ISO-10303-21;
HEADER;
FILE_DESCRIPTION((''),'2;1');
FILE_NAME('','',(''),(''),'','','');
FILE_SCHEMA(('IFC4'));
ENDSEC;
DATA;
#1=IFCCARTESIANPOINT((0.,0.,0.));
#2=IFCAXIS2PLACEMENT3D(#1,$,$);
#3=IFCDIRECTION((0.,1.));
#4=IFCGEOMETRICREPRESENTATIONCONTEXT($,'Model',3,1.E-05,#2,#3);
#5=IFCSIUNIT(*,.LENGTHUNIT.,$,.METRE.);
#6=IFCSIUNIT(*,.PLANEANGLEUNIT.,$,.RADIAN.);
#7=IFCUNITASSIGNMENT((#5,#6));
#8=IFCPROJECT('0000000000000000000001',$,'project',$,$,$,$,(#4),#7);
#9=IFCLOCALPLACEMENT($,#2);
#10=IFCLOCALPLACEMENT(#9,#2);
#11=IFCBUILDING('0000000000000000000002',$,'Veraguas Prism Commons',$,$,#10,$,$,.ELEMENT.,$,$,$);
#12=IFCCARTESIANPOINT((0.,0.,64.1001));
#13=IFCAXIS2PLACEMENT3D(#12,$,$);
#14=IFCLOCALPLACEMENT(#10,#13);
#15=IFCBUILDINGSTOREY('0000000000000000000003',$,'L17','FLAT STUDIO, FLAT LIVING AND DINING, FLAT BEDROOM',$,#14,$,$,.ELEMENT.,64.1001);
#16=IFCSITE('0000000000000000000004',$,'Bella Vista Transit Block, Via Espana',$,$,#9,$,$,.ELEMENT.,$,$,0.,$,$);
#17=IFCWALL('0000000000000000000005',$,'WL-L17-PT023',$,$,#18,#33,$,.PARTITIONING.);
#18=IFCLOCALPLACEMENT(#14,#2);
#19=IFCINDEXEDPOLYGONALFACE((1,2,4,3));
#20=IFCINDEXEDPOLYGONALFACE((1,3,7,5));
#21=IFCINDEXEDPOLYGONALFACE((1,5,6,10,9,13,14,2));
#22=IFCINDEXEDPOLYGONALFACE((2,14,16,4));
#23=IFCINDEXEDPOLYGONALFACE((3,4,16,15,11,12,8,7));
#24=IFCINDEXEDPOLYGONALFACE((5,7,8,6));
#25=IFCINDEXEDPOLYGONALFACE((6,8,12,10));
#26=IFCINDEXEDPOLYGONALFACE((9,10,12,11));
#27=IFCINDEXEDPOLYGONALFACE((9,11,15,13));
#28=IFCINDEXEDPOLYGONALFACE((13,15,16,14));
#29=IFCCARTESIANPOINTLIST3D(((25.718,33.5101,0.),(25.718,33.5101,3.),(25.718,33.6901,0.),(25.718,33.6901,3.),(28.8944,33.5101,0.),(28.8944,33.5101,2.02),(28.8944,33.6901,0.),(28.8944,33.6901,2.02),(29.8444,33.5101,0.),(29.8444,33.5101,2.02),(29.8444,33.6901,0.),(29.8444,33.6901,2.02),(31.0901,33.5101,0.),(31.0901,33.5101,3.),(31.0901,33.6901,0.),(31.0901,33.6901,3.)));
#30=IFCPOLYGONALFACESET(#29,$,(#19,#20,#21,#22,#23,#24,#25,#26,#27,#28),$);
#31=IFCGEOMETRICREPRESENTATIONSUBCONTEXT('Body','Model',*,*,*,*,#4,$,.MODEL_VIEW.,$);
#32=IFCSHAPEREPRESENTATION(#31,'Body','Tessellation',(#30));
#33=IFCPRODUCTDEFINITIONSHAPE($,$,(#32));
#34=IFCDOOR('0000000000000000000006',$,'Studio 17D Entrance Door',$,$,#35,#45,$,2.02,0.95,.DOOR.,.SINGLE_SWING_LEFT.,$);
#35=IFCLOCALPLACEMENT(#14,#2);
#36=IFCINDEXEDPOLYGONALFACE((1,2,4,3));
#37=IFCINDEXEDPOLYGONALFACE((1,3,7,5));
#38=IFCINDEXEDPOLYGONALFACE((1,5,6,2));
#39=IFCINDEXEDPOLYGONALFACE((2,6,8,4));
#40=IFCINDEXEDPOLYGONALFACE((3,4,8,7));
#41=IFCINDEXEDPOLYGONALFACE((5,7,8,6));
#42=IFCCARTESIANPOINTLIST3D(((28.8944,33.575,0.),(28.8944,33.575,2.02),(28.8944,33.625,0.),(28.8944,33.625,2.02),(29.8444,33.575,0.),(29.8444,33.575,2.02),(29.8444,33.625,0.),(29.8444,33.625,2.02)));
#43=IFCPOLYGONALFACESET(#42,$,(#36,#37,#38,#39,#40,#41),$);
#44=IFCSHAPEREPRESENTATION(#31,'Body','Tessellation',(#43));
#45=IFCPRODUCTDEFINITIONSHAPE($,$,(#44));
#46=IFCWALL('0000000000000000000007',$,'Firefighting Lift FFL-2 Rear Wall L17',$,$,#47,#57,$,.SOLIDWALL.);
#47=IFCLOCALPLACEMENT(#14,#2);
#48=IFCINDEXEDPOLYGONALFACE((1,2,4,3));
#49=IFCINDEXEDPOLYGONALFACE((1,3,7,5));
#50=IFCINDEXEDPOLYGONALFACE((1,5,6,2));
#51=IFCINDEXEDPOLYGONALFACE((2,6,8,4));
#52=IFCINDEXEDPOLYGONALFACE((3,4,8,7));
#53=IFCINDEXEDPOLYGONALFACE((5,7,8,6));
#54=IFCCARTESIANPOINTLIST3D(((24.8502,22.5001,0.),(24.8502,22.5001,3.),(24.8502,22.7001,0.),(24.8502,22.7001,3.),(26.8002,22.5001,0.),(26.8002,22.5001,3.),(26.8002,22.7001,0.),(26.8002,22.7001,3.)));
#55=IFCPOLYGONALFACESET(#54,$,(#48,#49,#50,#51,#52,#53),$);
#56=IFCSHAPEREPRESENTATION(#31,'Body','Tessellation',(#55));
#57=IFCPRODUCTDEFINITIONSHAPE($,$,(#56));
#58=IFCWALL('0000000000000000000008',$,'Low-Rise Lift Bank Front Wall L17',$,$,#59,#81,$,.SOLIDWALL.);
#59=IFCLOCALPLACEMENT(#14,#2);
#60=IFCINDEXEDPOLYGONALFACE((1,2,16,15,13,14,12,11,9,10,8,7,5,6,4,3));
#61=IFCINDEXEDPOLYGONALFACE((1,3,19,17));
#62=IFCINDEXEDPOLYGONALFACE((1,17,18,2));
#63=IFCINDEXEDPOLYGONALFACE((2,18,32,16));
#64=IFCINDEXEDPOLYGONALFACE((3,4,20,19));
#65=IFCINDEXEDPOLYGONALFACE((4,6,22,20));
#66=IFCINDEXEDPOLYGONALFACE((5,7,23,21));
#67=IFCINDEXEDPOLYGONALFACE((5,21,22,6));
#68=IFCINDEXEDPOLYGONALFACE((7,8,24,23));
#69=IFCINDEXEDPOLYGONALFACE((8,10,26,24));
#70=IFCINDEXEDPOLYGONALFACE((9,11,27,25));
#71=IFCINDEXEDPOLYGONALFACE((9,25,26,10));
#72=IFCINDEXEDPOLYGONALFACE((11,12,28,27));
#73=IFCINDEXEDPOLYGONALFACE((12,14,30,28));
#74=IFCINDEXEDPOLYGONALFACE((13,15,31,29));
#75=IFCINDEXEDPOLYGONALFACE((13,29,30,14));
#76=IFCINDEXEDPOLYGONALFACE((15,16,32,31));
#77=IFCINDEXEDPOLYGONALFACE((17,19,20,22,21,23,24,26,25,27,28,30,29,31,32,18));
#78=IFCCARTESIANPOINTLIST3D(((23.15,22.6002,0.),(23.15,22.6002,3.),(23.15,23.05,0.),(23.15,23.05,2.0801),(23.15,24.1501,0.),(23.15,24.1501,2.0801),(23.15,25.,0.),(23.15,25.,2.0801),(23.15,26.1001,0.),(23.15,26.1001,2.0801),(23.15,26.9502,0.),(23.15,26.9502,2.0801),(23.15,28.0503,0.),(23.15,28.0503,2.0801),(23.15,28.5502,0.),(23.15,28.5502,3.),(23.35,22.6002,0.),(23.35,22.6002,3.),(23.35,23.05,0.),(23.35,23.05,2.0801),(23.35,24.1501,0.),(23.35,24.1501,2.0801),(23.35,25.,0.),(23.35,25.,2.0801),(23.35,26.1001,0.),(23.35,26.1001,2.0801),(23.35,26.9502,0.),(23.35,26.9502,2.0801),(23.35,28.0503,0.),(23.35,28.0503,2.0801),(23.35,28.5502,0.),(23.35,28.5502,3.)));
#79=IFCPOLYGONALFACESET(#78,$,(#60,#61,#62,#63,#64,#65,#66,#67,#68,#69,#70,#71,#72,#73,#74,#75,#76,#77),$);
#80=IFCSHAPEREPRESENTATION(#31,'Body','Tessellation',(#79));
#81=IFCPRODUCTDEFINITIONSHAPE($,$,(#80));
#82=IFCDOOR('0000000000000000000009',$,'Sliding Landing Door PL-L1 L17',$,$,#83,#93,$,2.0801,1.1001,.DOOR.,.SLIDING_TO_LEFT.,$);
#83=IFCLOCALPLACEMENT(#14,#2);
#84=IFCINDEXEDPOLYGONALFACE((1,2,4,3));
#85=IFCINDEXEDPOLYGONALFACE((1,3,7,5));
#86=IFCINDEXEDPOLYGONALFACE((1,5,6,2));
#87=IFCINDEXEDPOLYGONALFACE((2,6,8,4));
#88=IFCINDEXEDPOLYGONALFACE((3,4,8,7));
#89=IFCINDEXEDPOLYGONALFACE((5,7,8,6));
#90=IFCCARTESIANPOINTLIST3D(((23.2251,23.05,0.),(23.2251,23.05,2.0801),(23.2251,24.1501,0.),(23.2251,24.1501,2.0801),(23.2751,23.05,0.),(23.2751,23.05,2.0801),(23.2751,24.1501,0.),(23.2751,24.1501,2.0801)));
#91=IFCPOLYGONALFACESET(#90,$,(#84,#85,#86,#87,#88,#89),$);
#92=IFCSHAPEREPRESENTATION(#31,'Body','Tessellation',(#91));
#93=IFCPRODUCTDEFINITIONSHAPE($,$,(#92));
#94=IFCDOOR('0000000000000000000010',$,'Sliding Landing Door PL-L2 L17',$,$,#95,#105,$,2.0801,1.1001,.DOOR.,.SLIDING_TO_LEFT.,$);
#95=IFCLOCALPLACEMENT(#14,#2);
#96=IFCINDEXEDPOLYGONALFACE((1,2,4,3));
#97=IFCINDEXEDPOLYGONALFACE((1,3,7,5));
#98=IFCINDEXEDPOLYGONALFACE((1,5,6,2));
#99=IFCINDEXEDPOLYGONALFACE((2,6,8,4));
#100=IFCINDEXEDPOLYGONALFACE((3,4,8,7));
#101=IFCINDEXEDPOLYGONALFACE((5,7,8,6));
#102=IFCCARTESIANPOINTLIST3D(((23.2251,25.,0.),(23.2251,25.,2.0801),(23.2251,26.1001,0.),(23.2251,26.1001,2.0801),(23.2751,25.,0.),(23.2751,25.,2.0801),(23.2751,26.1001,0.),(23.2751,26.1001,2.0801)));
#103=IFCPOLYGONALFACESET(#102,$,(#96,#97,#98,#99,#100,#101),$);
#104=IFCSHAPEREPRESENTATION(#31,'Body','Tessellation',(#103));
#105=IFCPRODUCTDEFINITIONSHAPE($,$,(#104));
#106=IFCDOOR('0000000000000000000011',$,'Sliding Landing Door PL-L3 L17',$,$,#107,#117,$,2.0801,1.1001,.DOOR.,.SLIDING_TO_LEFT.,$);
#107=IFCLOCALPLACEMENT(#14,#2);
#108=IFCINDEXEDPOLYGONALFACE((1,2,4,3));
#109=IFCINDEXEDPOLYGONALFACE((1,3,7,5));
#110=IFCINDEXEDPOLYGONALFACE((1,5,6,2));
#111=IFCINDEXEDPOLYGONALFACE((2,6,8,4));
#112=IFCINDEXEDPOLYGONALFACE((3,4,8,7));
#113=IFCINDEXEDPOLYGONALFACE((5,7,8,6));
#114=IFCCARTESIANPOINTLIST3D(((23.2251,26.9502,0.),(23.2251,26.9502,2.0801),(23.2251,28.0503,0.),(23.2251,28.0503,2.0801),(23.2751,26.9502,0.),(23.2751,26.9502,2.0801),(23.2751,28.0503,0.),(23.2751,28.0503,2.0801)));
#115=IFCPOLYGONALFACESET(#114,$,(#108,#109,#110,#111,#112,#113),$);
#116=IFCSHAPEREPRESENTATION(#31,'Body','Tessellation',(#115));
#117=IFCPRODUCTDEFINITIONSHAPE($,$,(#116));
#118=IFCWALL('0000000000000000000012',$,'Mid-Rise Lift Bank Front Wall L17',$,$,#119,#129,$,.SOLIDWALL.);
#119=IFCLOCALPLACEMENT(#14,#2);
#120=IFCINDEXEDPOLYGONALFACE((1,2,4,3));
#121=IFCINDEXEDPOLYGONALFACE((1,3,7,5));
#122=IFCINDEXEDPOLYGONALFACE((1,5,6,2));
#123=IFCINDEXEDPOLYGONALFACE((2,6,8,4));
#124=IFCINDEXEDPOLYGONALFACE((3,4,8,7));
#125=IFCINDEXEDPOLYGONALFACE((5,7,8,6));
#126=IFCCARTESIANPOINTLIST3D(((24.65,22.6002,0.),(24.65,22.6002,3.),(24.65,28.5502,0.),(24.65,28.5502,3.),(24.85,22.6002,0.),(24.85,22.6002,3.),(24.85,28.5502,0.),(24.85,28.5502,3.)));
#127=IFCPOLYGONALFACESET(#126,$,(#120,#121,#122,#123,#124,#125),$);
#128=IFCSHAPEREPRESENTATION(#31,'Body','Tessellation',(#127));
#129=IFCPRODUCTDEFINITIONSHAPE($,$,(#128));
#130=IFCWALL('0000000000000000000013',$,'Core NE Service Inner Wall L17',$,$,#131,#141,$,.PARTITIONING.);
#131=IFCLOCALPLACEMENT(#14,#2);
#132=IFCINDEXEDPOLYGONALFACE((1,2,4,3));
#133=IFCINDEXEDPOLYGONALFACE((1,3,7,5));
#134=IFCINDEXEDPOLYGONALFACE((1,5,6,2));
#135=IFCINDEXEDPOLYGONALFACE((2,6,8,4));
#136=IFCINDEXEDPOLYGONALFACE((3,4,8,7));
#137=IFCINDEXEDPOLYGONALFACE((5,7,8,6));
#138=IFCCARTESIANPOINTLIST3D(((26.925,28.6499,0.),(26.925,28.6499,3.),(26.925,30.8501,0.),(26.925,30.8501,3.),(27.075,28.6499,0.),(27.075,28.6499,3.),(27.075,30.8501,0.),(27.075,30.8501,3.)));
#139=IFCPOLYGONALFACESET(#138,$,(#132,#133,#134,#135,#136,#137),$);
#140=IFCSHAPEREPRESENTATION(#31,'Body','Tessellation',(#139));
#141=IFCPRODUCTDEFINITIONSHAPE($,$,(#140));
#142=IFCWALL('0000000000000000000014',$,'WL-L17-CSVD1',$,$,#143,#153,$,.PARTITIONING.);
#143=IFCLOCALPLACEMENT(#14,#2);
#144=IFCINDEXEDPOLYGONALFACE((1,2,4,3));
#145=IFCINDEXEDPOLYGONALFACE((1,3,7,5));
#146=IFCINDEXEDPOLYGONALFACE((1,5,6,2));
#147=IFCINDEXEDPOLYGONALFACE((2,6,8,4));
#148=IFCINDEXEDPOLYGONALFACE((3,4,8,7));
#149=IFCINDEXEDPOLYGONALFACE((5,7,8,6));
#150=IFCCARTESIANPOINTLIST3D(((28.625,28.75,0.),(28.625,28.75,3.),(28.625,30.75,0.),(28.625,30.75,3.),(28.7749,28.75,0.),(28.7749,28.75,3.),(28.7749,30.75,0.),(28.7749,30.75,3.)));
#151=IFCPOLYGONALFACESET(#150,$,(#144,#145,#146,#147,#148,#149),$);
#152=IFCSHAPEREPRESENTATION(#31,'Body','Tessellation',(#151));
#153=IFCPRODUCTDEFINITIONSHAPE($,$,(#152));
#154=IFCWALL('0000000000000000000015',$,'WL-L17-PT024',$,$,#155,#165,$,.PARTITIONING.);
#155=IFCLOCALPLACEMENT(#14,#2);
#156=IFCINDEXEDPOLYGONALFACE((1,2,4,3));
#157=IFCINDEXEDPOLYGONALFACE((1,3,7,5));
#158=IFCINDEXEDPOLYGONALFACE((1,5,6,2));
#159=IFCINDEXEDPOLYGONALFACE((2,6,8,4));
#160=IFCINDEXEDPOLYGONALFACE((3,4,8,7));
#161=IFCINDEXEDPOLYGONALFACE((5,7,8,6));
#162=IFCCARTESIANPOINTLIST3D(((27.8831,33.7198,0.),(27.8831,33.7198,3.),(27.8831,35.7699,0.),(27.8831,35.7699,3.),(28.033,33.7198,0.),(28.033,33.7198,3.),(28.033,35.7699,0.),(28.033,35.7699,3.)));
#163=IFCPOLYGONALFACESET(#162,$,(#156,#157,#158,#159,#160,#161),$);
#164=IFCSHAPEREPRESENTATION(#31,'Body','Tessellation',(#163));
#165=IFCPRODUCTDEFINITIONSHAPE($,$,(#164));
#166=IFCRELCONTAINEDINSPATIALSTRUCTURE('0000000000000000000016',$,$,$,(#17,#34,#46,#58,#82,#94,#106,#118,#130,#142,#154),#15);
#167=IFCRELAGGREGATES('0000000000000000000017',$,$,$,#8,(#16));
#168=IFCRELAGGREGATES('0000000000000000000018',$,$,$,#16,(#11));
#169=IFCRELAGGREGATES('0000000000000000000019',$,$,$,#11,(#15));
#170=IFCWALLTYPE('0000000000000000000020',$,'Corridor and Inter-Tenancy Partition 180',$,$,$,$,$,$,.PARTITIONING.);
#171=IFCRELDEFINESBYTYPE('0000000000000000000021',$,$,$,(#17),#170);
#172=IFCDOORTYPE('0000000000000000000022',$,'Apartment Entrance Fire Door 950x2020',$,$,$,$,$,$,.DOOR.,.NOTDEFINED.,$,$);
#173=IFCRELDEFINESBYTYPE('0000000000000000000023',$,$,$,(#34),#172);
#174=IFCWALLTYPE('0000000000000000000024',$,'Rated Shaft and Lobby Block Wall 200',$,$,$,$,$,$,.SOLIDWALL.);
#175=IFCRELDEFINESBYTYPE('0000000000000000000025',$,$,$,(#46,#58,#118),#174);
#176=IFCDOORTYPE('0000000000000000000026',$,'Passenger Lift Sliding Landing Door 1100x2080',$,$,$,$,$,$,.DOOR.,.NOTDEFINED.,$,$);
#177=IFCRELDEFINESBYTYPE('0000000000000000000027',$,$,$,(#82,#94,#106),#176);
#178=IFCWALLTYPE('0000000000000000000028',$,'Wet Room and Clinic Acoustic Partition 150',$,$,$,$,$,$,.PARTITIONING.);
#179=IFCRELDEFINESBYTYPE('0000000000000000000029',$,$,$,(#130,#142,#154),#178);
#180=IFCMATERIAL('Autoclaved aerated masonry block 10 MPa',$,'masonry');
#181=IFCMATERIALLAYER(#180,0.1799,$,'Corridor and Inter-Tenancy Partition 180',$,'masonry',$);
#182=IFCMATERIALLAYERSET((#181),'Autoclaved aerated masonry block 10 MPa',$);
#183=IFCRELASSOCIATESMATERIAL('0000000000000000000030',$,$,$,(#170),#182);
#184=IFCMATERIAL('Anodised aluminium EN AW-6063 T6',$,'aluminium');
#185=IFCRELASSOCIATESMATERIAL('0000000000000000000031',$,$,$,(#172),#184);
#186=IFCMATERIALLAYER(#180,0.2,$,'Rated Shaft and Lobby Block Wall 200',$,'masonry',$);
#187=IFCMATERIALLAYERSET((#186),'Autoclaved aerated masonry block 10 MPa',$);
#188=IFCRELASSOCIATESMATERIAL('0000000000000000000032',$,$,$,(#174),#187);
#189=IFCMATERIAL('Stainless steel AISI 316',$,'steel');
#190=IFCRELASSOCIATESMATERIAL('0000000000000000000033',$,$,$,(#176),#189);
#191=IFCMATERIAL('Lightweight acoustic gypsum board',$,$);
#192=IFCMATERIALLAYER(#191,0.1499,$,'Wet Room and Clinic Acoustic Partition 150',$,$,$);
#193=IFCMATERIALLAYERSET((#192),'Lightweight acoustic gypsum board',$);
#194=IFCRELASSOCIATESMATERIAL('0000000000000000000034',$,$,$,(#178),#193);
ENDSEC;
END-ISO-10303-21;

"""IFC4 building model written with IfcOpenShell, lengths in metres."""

from ifc_helpers import new_model, si_unit, direction, frame, frame_2d, origin, place, context, subcontext, project, spatial, rectangle, extrude, source, transform, mapped, material, layer, layer_set, type_object, element, fill, save


model = new_model("IFC4")

# Units and contexts
model_context = context("Model", 3, precision=1e-05, world=origin(), true_north=direction((0.0, 1.0)))
body_context = subcontext(model_context, "Body", "Model", "MODEL_VIEW")
ifc_project = project(units=[si_unit("LENGTHUNIT", "METRE"), si_unit("PLANEANGLEUNIT", "RADIAN")], contexts=[model_context])

# Site, building, storey
site_placement = place(None, origin())
site = spatial("IfcSite", under=ifc_project, at=site_placement, Name="Bella Vista Transit Block, Via Espana", CompositionType="ELEMENT", RefElevation=0.0)
building_placement = place(site_placement, origin())
building = spatial("IfcBuilding", under=site, at=building_placement, Name="Veraguas Prism Commons", CompositionType="ELEMENT")
storey_placement = place(building_placement, frame((0.0, 0.0, 64.1001)))
storey = spatial("IfcBuildingStorey", under=building, at=storey_placement, Name="L17", Description="FLAT STUDIO, FLAT LIVING AND DINING, FLAT BEDROOM", CompositionType="ELEMENT", Elevation=64.1001)

# Shared definitions
ifc_material_1 = material(Name="Autoclaved aerated masonry block 10 MPa", Category="masonry")
ifc_layer_1 = layer(ifc_material_1, 0.1799, Name="Corridor and Inter-Tenancy Partition 180", Category="masonry")
ifc_layer_set_1 = layer_set([ifc_layer_1], Name="Autoclaved aerated masonry block 10 MPa")
wall_type_1 = type_object("IfcWallType", Name="Corridor and Inter-Tenancy Partition 180", PredefinedType="PARTITIONING", material=ifc_layer_set_1)

# Wall, opening, door
wall_1_placement = place(storey_placement, frame((25.718, 33.6001, 0.0), z_axis=(0.0, 0.0, 1.0), x_axis=(1.0, 0.0, 0.0)))
wall_1 = element("IfcWall", 1, at=wall_1_placement, inside=storey, type_object=wall_type_1, Name="WL-L17-PT023", PredefinedType="PARTITIONING", context=body_context, shape_type="SweptSolid", body=[
    extrude(rectangle(XDim=5.3721, YDim=0.1799, at=frame_2d((2.686, 0.0))), origin(), (0.0, 0.0, 1.0), 3.0),
])
opening_1_placement = place(wall_1_placement, frame((3.1763, 0.0, 0.0)))
opening_1 = element("IfcOpeningElement", 2, at=opening_1_placement, cuts=wall_1, PredefinedType="OPENING", context=body_context, shape_type="SweptSolid", body=[
    extrude(rectangle(XDim=0.95, YDim=2.02, at=frame_2d((0.4751, 1.01))), frame((0.0, 0.0999, 0.0), z_axis=(0.0, -1.0, 0.0), x_axis=(1.0, 0.0, 0.0)), (0.0, 0.0, 1.0), 0.2),
])
ifc_material_2 = material(Name="Anodised aluminium EN AW-6063 T6", Category="aluminium")
door_type_1 = type_object("IfcDoorType", Name="Apartment Entrance Fire Door 950x2020", OperationType="NOTDEFINED", PredefinedType="DOOR", material=ifc_material_2)
shared_shape_1 = source(origin(), body_context, "Body", "SweptSolid", [
    extrude(rectangle(XDim=0.95, YDim=2.02, at=frame_2d((0.4751, 1.01))), frame((0.0, 0.0249, 0.0), z_axis=(0.0, -1.0, 0.0), x_axis=(1.0, 0.0, 0.0)), (0.0, 0.0, 1.0), 0.05),
])
door_1_placement = place(opening_1_placement, origin())
door_1 = element("IfcDoor", 3, at=door_1_placement, inside=storey, type_object=door_type_1, Name="Studio 17D Entrance Door", OperationType="SINGLE_SWING_LEFT", OverallHeight=2.02, OverallWidth=0.95, PredefinedType="DOOR", context=body_context, shape_type="MappedRepresentation", body=[
    mapped(shared_shape_1, transform((0.0, 0.0, 0.0), scale=1.0)),
])
fill(opening_1, door_1)

# Wall
ifc_layer_2 = layer(ifc_material_1, 0.2, Name="Rated Shaft and Lobby Block Wall 200", Category="masonry")
ifc_layer_set_2 = layer_set([ifc_layer_2], Name="Autoclaved aerated masonry block 10 MPa")
wall_type_2 = type_object("IfcWallType", Name="Rated Shaft and Lobby Block Wall 200", PredefinedType="SOLIDWALL", material=ifc_layer_set_2)
wall_2_placement = place(storey_placement, frame((24.8501, 22.6001, 0.0), z_axis=(0.0, 0.0, 1.0), x_axis=(1.0, 0.0, 0.0)))
element("IfcWall", 4, at=wall_2_placement, inside=storey, type_object=wall_type_2, Name="Firefighting Lift FFL-2 Rear Wall L17", PredefinedType="SOLIDWALL", context=body_context, shape_type="SweptSolid", body=[
    extrude(rectangle(XDim=1.95, YDim=0.2, at=frame_2d((0.9751, 0.0))), origin(), (0.0, 0.0, 1.0), 3.0),
])

# Wall, openings, doors
wall_3_placement = place(storey_placement, frame((23.25, 22.6001, 0.0), z_axis=(0.0, 0.0, 1.0), x_axis=(0.0, 1.0, 0.0)))
wall_3 = element("IfcWall", 5, at=wall_3_placement, inside=storey, type_object=wall_type_2, Name="Low-Rise Lift Bank Front Wall L17", PredefinedType="SOLIDWALL", context=body_context, shape_type="SweptSolid", body=[
    extrude(rectangle(XDim=5.95, YDim=0.2, at=frame_2d((2.9751, 0.0))), origin(), (0.0, 0.0, 1.0), 3.0),
])
opening_2_placement = place(wall_3_placement, frame((0.45, 0.0, 0.0)))
opening_2 = element("IfcOpeningElement", 6, at=opening_2_placement, cuts=wall_3, PredefinedType="OPENING", context=body_context, shape_type="SweptSolid", body=[
    extrude(rectangle(XDim=1.1001, YDim=2.0801, at=frame_2d((0.55, 1.04))), frame((0.0, 0.1099, 0.0), z_axis=(0.0, -1.0, 0.0), x_axis=(1.0, 0.0, 0.0)), (0.0, 0.0, 1.0), 0.22),
])
opening_3_placement = place(wall_3_placement, frame((2.3999, 0.0, 0.0)))
opening_3 = element("IfcOpeningElement", 7, at=opening_3_placement, cuts=wall_3, PredefinedType="OPENING", context=body_context, shape_type="SweptSolid", body=[
    extrude(rectangle(XDim=1.1001, YDim=2.0801, at=frame_2d((0.55, 1.04))), frame((0.0, 0.1099, 0.0), z_axis=(0.0, -1.0, 0.0), x_axis=(1.0, 0.0, 0.0)), (0.0, 0.0, 1.0), 0.22),
])
opening_4_placement = place(wall_3_placement, frame((4.3501, 0.0, 0.0)))
opening_4 = element("IfcOpeningElement", 8, at=opening_4_placement, cuts=wall_3, PredefinedType="OPENING", context=body_context, shape_type="SweptSolid", body=[
    extrude(rectangle(XDim=1.1001, YDim=2.0801, at=frame_2d((0.55, 1.04))), frame((0.0, 0.1099, 0.0), z_axis=(0.0, -1.0, 0.0), x_axis=(1.0, 0.0, 0.0)), (0.0, 0.0, 1.0), 0.22),
])
ifc_material_3 = material(Name="Stainless steel AISI 316", Category="steel")
door_type_2 = type_object("IfcDoorType", Name="Passenger Lift Sliding Landing Door 1100x2080", OperationType="NOTDEFINED", PredefinedType="DOOR", material=ifc_material_3)
shared_shape_2 = source(origin(), body_context, "Body", "SweptSolid", [
    extrude(rectangle(XDim=1.1001, YDim=2.0801, at=frame_2d((0.55, 1.04))), frame((0.0, 0.0249, 0.0), z_axis=(0.0, -1.0, 0.0), x_axis=(1.0, 0.0, 0.0)), (0.0, 0.0, 1.0), 0.05),
])
door_2_placement = place(opening_2_placement, origin())
door_2 = element("IfcDoor", 9, at=door_2_placement, inside=storey, type_object=door_type_2, Name="Sliding Landing Door PL-L1 L17", OperationType="SLIDING_TO_LEFT", OverallHeight=2.0801, OverallWidth=1.1001, PredefinedType="DOOR", context=body_context, shape_type="MappedRepresentation", body=[
    mapped(shared_shape_2, transform((0.0, 0.0, 0.0), scale=1.0)),
])
fill(opening_2, door_2)
door_3_placement = place(opening_3_placement, origin())
door_3 = element("IfcDoor", 10, at=door_3_placement, inside=storey, type_object=door_type_2, Name="Sliding Landing Door PL-L2 L17", OperationType="SLIDING_TO_LEFT", OverallHeight=2.0801, OverallWidth=1.1001, PredefinedType="DOOR", context=body_context, shape_type="MappedRepresentation", body=[
    mapped(shared_shape_2, transform((0.0, 0.0, 0.0), scale=1.0)),
])
fill(opening_3, door_3)
door_4_placement = place(opening_4_placement, origin())
door_4 = element("IfcDoor", 11, at=door_4_placement, inside=storey, type_object=door_type_2, Name="Sliding Landing Door PL-L3 L17", OperationType="SLIDING_TO_LEFT", OverallHeight=2.0801, OverallWidth=1.1001, PredefinedType="DOOR", context=body_context, shape_type="MappedRepresentation", body=[
    mapped(shared_shape_2, transform((0.0, 0.0, 0.0), scale=1.0)),
])
fill(opening_4, door_4)

# Walls
wall_4_placement = place(storey_placement, frame((24.75, 22.6001, 0.0), z_axis=(0.0, 0.0, 1.0), x_axis=(0.0, 1.0, 0.0)))
element("IfcWall", 12, at=wall_4_placement, inside=storey, type_object=wall_type_2, Name="Mid-Rise Lift Bank Front Wall L17", PredefinedType="SOLIDWALL", context=body_context, shape_type="SweptSolid", body=[
    extrude(rectangle(XDim=5.95, YDim=0.2, at=frame_2d((2.9751, 0.0))), origin(), (0.0, 0.0, 1.0), 3.0),
])
ifc_material_4 = material(Name="Lightweight acoustic gypsum board")
ifc_layer_3 = layer(ifc_material_4, 0.1499, Name="Wet Room and Clinic Acoustic Partition 150")
ifc_layer_set_3 = layer_set([ifc_layer_3], Name="Lightweight acoustic gypsum board")
wall_type_3 = type_object("IfcWallType", Name="Wet Room and Clinic Acoustic Partition 150", PredefinedType="PARTITIONING", material=ifc_layer_set_3)
wall_5_placement = place(storey_placement, frame((27.0, 28.6499, 0.0), z_axis=(0.0, 0.0, 1.0), x_axis=(0.0, 1.0, 0.0)))
element("IfcWall", 13, at=wall_5_placement, inside=storey, type_object=wall_type_3, Name="Core NE Service Inner Wall L17", PredefinedType="PARTITIONING", context=body_context, shape_type="SweptSolid", body=[
    extrude(rectangle(XDim=2.2002, YDim=0.1499, at=frame_2d((1.1001, 0.0))), origin(), (0.0, 0.0, 1.0), 3.0),
])
wall_6_placement = place(storey_placement, frame((28.7, 28.75, 0.0), z_axis=(0.0, 0.0, 1.0), x_axis=(0.0, 1.0, 0.0)))
element("IfcWall", 14, at=wall_6_placement, inside=storey, type_object=wall_type_3, Name="WL-L17-CSVD1", PredefinedType="PARTITIONING", context=body_context, shape_type="SweptSolid", body=[
    extrude(rectangle(XDim=2.0, YDim=0.1499, at=frame_2d((1.0, 0.0))), origin(), (0.0, 0.0, 1.0), 3.0),
])
wall_7_placement = place(storey_placement, frame((27.958, 33.72, 0.0), z_axis=(0.0, 0.0, 1.0), x_axis=(0.0, 1.0, 0.0)))
element("IfcWall", 15, at=wall_7_placement, inside=storey, type_object=wall_type_3, Name="WL-L17-PT024", PredefinedType="PARTITIONING", context=body_context, shape_type="SweptSolid", body=[
    extrude(rectangle(XDim=2.05, YDim=0.1499, at=frame_2d((1.0249, 0.0))), origin(), (0.0, 0.0, 1.0), 3.0),
])

save(model, "model.ifc")
